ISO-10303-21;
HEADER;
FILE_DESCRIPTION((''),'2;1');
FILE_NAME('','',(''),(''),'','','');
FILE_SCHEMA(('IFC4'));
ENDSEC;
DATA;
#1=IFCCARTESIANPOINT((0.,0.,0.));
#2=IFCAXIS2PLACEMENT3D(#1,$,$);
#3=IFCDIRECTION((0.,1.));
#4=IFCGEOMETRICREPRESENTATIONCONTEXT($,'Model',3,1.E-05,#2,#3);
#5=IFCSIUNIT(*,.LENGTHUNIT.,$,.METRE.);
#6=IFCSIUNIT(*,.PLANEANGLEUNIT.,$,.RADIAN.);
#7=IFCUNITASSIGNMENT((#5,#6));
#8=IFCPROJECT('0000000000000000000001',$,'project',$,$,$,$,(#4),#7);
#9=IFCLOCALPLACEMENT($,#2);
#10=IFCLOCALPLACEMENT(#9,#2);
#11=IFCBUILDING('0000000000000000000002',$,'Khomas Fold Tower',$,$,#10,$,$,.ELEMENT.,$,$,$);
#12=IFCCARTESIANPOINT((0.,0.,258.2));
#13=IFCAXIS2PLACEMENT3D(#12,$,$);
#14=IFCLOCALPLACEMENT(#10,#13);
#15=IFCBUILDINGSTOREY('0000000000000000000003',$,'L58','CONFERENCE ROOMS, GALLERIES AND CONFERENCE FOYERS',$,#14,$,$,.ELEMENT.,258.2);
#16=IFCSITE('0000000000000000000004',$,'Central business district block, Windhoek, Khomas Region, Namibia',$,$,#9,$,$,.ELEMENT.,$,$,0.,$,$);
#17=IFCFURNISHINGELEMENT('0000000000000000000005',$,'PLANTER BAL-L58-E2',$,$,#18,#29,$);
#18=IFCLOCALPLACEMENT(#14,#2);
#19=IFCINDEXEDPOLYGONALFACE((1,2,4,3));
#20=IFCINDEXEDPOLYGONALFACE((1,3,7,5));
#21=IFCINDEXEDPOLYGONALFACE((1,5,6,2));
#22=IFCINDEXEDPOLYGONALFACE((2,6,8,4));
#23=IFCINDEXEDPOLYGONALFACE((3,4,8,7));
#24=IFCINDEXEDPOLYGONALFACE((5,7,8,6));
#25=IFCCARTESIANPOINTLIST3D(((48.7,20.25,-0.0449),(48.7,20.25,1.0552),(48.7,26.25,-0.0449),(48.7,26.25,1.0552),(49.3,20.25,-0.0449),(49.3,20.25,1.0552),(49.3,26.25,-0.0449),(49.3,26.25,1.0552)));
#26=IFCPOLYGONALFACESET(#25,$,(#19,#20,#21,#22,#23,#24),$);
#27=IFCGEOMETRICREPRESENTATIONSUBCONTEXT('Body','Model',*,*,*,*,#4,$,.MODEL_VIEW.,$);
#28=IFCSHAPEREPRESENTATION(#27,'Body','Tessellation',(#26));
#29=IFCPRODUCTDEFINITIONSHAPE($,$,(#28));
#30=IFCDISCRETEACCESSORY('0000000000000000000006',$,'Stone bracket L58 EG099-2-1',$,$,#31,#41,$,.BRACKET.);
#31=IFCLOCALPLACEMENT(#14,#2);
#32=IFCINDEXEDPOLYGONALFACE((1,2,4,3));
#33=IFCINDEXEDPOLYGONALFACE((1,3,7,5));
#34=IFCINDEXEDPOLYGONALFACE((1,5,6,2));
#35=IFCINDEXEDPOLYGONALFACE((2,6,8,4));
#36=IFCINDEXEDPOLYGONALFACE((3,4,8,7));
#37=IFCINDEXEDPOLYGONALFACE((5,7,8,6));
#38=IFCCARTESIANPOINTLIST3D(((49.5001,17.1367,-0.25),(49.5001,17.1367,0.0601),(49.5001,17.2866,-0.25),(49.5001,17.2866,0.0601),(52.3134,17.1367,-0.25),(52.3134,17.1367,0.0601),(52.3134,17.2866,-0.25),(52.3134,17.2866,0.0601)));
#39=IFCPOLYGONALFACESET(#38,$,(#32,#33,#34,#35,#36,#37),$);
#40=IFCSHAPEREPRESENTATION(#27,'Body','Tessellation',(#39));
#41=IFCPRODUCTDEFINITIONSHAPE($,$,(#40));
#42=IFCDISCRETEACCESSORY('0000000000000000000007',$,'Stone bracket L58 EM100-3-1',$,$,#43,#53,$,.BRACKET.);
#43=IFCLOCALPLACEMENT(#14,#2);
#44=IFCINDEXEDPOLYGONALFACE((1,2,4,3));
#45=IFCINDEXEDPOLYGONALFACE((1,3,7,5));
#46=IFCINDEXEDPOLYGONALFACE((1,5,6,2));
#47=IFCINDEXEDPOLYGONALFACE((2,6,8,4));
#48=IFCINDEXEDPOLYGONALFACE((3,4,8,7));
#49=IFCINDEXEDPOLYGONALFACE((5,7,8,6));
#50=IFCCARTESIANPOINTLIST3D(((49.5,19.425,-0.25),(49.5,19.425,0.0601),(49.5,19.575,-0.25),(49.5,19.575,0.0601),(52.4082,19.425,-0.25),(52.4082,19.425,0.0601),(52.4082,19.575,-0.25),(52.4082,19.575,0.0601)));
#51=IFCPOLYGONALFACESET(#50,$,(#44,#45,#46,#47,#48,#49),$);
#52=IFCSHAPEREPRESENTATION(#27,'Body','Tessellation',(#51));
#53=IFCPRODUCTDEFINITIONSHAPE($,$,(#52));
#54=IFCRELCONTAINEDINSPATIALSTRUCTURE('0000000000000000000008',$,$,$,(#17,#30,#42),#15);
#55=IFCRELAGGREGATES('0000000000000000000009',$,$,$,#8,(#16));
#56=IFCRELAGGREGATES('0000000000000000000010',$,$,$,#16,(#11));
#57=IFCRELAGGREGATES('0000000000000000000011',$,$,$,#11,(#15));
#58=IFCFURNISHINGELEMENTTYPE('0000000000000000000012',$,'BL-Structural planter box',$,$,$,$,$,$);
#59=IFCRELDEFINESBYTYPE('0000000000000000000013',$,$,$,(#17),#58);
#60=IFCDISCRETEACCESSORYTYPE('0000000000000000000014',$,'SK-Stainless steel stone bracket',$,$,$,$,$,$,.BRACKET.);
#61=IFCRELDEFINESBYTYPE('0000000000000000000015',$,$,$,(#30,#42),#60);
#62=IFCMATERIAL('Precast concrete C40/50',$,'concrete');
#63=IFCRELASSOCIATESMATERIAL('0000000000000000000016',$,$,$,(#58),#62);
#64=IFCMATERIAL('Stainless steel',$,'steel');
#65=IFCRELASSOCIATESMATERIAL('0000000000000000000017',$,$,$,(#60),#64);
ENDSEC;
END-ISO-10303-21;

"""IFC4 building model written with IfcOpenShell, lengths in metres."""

from ifc_helpers import new_model, si_unit, direction, frame, origin, origin_2d, place, context, subcontext, project, spatial, rectangle, extrude, source, transform, mapped, material, type_object, element, save


model = new_model("IFC4")

# Units and contexts
model_context = context("Model", 3, precision=1e-05, world=origin(), true_north=direction((0.0, 1.0)))
body_context = subcontext(model_context, "Body", "Model", "MODEL_VIEW")
ifc_project = project(units=[si_unit("LENGTHUNIT", "METRE"), si_unit("PLANEANGLEUNIT", "RADIAN")], contexts=[model_context])

# Site, building, storey
site_placement = place(None, origin())
site = spatial("IfcSite", under=ifc_project, at=site_placement, Name="Central business district block, Windhoek, Khomas Region, Namibia", CompositionType="ELEMENT", RefElevation=0.0)
building_placement = place(site_placement, origin())
building = spatial("IfcBuilding", under=site, at=building_placement, Name="Khomas Fold Tower", CompositionType="ELEMENT")
storey_placement = place(building_placement, frame((0.0, 0.0, 258.2)))
storey = spatial("IfcBuildingStorey", under=building, at=storey_placement, Name="L58", Description="CONFERENCE ROOMS, GALLERIES AND CONFERENCE FOYERS", CompositionType="ELEMENT", Elevation=258.2)

# Furnishing element
ifc_material_1 = material(Name="Precast concrete C40/50", Category="concrete")
furnishing_element_type_1 = type_object("IfcFurnishingElementType", Name="BL-Structural planter box", material=ifc_material_1)
shared_shape_1 = source(origin(), body_context, "Body", "SweptSolid", [
    extrude(rectangle(XDim=6.0, YDim=0.6001, at=origin_2d()), origin(), (0.0, 0.0, 1.0), 1.1001),
])
furnishing_1_placement = place(storey_placement, frame((49.0, 23.25, -0.0449), z_axis=(0.0, 0.0, 1.0), x_axis=(0.0, 1.0, 0.0)))
element("IfcFurnishingElement", 1, at=furnishing_1_placement, inside=storey, type_object=furnishing_element_type_1, Name="PLANTER BAL-L58-E2", context=body_context, shape_type="MappedRepresentation", body=[
    mapped(shared_shape_1, transform((0.0, 0.0, 0.0))),
])

# Discrete accessories
ifc_material_2 = material(Name="Stainless steel", Category="steel")
discrete_accessory_type = type_object("IfcDiscreteAccessoryType", Name="SK-Stainless steel stone bracket", PredefinedType="BRACKET", material=ifc_material_2)
shared_shape_2 = source(origin(), body_context, "Body", "SweptSolid", [
    extrude(rectangle(XDim=2.8132, YDim=0.1499, at=origin_2d()), origin(), (0.0, 0.0, 1.0), 0.3101),
])
discrete_accessory_1_placement = place(storey_placement, frame((50.9067, 17.2117, -0.25), z_axis=(0.0, 0.0, 1.0), x_axis=(1.0, 0.0, 0.0)))
element("IfcDiscreteAccessory", 2, at=discrete_accessory_1_placement, inside=storey, type_object=discrete_accessory_type, Name="Stone bracket L58 EG099-2-1", PredefinedType="BRACKET", context=body_context, shape_type="MappedRepresentation", body=[
    mapped(shared_shape_2, transform((0.0, 0.0, 0.0))),
])
shared_shape_3 = source(origin(), body_context, "Body", "SweptSolid", [
    extrude(rectangle(XDim=2.9082, YDim=0.1499, at=origin_2d()), origin(), (0.0, 0.0, 1.0), 0.3101),
])
discrete_accessory_2_placement = place(storey_placement, frame((50.9541, 19.5, -0.25), z_axis=(0.0, 0.0, 1.0), x_axis=(1.0, 0.0, 0.0)))
element("IfcDiscreteAccessory", 3, at=discrete_accessory_2_placement, inside=storey, type_object=discrete_accessory_type, Name="Stone bracket L58 EM100-3-1", PredefinedType="BRACKET", context=body_context, shape_type="MappedRepresentation", body=[
    mapped(shared_shape_3, transform((0.0, 0.0, 0.0))),
])

save(model, "model.ifc")
